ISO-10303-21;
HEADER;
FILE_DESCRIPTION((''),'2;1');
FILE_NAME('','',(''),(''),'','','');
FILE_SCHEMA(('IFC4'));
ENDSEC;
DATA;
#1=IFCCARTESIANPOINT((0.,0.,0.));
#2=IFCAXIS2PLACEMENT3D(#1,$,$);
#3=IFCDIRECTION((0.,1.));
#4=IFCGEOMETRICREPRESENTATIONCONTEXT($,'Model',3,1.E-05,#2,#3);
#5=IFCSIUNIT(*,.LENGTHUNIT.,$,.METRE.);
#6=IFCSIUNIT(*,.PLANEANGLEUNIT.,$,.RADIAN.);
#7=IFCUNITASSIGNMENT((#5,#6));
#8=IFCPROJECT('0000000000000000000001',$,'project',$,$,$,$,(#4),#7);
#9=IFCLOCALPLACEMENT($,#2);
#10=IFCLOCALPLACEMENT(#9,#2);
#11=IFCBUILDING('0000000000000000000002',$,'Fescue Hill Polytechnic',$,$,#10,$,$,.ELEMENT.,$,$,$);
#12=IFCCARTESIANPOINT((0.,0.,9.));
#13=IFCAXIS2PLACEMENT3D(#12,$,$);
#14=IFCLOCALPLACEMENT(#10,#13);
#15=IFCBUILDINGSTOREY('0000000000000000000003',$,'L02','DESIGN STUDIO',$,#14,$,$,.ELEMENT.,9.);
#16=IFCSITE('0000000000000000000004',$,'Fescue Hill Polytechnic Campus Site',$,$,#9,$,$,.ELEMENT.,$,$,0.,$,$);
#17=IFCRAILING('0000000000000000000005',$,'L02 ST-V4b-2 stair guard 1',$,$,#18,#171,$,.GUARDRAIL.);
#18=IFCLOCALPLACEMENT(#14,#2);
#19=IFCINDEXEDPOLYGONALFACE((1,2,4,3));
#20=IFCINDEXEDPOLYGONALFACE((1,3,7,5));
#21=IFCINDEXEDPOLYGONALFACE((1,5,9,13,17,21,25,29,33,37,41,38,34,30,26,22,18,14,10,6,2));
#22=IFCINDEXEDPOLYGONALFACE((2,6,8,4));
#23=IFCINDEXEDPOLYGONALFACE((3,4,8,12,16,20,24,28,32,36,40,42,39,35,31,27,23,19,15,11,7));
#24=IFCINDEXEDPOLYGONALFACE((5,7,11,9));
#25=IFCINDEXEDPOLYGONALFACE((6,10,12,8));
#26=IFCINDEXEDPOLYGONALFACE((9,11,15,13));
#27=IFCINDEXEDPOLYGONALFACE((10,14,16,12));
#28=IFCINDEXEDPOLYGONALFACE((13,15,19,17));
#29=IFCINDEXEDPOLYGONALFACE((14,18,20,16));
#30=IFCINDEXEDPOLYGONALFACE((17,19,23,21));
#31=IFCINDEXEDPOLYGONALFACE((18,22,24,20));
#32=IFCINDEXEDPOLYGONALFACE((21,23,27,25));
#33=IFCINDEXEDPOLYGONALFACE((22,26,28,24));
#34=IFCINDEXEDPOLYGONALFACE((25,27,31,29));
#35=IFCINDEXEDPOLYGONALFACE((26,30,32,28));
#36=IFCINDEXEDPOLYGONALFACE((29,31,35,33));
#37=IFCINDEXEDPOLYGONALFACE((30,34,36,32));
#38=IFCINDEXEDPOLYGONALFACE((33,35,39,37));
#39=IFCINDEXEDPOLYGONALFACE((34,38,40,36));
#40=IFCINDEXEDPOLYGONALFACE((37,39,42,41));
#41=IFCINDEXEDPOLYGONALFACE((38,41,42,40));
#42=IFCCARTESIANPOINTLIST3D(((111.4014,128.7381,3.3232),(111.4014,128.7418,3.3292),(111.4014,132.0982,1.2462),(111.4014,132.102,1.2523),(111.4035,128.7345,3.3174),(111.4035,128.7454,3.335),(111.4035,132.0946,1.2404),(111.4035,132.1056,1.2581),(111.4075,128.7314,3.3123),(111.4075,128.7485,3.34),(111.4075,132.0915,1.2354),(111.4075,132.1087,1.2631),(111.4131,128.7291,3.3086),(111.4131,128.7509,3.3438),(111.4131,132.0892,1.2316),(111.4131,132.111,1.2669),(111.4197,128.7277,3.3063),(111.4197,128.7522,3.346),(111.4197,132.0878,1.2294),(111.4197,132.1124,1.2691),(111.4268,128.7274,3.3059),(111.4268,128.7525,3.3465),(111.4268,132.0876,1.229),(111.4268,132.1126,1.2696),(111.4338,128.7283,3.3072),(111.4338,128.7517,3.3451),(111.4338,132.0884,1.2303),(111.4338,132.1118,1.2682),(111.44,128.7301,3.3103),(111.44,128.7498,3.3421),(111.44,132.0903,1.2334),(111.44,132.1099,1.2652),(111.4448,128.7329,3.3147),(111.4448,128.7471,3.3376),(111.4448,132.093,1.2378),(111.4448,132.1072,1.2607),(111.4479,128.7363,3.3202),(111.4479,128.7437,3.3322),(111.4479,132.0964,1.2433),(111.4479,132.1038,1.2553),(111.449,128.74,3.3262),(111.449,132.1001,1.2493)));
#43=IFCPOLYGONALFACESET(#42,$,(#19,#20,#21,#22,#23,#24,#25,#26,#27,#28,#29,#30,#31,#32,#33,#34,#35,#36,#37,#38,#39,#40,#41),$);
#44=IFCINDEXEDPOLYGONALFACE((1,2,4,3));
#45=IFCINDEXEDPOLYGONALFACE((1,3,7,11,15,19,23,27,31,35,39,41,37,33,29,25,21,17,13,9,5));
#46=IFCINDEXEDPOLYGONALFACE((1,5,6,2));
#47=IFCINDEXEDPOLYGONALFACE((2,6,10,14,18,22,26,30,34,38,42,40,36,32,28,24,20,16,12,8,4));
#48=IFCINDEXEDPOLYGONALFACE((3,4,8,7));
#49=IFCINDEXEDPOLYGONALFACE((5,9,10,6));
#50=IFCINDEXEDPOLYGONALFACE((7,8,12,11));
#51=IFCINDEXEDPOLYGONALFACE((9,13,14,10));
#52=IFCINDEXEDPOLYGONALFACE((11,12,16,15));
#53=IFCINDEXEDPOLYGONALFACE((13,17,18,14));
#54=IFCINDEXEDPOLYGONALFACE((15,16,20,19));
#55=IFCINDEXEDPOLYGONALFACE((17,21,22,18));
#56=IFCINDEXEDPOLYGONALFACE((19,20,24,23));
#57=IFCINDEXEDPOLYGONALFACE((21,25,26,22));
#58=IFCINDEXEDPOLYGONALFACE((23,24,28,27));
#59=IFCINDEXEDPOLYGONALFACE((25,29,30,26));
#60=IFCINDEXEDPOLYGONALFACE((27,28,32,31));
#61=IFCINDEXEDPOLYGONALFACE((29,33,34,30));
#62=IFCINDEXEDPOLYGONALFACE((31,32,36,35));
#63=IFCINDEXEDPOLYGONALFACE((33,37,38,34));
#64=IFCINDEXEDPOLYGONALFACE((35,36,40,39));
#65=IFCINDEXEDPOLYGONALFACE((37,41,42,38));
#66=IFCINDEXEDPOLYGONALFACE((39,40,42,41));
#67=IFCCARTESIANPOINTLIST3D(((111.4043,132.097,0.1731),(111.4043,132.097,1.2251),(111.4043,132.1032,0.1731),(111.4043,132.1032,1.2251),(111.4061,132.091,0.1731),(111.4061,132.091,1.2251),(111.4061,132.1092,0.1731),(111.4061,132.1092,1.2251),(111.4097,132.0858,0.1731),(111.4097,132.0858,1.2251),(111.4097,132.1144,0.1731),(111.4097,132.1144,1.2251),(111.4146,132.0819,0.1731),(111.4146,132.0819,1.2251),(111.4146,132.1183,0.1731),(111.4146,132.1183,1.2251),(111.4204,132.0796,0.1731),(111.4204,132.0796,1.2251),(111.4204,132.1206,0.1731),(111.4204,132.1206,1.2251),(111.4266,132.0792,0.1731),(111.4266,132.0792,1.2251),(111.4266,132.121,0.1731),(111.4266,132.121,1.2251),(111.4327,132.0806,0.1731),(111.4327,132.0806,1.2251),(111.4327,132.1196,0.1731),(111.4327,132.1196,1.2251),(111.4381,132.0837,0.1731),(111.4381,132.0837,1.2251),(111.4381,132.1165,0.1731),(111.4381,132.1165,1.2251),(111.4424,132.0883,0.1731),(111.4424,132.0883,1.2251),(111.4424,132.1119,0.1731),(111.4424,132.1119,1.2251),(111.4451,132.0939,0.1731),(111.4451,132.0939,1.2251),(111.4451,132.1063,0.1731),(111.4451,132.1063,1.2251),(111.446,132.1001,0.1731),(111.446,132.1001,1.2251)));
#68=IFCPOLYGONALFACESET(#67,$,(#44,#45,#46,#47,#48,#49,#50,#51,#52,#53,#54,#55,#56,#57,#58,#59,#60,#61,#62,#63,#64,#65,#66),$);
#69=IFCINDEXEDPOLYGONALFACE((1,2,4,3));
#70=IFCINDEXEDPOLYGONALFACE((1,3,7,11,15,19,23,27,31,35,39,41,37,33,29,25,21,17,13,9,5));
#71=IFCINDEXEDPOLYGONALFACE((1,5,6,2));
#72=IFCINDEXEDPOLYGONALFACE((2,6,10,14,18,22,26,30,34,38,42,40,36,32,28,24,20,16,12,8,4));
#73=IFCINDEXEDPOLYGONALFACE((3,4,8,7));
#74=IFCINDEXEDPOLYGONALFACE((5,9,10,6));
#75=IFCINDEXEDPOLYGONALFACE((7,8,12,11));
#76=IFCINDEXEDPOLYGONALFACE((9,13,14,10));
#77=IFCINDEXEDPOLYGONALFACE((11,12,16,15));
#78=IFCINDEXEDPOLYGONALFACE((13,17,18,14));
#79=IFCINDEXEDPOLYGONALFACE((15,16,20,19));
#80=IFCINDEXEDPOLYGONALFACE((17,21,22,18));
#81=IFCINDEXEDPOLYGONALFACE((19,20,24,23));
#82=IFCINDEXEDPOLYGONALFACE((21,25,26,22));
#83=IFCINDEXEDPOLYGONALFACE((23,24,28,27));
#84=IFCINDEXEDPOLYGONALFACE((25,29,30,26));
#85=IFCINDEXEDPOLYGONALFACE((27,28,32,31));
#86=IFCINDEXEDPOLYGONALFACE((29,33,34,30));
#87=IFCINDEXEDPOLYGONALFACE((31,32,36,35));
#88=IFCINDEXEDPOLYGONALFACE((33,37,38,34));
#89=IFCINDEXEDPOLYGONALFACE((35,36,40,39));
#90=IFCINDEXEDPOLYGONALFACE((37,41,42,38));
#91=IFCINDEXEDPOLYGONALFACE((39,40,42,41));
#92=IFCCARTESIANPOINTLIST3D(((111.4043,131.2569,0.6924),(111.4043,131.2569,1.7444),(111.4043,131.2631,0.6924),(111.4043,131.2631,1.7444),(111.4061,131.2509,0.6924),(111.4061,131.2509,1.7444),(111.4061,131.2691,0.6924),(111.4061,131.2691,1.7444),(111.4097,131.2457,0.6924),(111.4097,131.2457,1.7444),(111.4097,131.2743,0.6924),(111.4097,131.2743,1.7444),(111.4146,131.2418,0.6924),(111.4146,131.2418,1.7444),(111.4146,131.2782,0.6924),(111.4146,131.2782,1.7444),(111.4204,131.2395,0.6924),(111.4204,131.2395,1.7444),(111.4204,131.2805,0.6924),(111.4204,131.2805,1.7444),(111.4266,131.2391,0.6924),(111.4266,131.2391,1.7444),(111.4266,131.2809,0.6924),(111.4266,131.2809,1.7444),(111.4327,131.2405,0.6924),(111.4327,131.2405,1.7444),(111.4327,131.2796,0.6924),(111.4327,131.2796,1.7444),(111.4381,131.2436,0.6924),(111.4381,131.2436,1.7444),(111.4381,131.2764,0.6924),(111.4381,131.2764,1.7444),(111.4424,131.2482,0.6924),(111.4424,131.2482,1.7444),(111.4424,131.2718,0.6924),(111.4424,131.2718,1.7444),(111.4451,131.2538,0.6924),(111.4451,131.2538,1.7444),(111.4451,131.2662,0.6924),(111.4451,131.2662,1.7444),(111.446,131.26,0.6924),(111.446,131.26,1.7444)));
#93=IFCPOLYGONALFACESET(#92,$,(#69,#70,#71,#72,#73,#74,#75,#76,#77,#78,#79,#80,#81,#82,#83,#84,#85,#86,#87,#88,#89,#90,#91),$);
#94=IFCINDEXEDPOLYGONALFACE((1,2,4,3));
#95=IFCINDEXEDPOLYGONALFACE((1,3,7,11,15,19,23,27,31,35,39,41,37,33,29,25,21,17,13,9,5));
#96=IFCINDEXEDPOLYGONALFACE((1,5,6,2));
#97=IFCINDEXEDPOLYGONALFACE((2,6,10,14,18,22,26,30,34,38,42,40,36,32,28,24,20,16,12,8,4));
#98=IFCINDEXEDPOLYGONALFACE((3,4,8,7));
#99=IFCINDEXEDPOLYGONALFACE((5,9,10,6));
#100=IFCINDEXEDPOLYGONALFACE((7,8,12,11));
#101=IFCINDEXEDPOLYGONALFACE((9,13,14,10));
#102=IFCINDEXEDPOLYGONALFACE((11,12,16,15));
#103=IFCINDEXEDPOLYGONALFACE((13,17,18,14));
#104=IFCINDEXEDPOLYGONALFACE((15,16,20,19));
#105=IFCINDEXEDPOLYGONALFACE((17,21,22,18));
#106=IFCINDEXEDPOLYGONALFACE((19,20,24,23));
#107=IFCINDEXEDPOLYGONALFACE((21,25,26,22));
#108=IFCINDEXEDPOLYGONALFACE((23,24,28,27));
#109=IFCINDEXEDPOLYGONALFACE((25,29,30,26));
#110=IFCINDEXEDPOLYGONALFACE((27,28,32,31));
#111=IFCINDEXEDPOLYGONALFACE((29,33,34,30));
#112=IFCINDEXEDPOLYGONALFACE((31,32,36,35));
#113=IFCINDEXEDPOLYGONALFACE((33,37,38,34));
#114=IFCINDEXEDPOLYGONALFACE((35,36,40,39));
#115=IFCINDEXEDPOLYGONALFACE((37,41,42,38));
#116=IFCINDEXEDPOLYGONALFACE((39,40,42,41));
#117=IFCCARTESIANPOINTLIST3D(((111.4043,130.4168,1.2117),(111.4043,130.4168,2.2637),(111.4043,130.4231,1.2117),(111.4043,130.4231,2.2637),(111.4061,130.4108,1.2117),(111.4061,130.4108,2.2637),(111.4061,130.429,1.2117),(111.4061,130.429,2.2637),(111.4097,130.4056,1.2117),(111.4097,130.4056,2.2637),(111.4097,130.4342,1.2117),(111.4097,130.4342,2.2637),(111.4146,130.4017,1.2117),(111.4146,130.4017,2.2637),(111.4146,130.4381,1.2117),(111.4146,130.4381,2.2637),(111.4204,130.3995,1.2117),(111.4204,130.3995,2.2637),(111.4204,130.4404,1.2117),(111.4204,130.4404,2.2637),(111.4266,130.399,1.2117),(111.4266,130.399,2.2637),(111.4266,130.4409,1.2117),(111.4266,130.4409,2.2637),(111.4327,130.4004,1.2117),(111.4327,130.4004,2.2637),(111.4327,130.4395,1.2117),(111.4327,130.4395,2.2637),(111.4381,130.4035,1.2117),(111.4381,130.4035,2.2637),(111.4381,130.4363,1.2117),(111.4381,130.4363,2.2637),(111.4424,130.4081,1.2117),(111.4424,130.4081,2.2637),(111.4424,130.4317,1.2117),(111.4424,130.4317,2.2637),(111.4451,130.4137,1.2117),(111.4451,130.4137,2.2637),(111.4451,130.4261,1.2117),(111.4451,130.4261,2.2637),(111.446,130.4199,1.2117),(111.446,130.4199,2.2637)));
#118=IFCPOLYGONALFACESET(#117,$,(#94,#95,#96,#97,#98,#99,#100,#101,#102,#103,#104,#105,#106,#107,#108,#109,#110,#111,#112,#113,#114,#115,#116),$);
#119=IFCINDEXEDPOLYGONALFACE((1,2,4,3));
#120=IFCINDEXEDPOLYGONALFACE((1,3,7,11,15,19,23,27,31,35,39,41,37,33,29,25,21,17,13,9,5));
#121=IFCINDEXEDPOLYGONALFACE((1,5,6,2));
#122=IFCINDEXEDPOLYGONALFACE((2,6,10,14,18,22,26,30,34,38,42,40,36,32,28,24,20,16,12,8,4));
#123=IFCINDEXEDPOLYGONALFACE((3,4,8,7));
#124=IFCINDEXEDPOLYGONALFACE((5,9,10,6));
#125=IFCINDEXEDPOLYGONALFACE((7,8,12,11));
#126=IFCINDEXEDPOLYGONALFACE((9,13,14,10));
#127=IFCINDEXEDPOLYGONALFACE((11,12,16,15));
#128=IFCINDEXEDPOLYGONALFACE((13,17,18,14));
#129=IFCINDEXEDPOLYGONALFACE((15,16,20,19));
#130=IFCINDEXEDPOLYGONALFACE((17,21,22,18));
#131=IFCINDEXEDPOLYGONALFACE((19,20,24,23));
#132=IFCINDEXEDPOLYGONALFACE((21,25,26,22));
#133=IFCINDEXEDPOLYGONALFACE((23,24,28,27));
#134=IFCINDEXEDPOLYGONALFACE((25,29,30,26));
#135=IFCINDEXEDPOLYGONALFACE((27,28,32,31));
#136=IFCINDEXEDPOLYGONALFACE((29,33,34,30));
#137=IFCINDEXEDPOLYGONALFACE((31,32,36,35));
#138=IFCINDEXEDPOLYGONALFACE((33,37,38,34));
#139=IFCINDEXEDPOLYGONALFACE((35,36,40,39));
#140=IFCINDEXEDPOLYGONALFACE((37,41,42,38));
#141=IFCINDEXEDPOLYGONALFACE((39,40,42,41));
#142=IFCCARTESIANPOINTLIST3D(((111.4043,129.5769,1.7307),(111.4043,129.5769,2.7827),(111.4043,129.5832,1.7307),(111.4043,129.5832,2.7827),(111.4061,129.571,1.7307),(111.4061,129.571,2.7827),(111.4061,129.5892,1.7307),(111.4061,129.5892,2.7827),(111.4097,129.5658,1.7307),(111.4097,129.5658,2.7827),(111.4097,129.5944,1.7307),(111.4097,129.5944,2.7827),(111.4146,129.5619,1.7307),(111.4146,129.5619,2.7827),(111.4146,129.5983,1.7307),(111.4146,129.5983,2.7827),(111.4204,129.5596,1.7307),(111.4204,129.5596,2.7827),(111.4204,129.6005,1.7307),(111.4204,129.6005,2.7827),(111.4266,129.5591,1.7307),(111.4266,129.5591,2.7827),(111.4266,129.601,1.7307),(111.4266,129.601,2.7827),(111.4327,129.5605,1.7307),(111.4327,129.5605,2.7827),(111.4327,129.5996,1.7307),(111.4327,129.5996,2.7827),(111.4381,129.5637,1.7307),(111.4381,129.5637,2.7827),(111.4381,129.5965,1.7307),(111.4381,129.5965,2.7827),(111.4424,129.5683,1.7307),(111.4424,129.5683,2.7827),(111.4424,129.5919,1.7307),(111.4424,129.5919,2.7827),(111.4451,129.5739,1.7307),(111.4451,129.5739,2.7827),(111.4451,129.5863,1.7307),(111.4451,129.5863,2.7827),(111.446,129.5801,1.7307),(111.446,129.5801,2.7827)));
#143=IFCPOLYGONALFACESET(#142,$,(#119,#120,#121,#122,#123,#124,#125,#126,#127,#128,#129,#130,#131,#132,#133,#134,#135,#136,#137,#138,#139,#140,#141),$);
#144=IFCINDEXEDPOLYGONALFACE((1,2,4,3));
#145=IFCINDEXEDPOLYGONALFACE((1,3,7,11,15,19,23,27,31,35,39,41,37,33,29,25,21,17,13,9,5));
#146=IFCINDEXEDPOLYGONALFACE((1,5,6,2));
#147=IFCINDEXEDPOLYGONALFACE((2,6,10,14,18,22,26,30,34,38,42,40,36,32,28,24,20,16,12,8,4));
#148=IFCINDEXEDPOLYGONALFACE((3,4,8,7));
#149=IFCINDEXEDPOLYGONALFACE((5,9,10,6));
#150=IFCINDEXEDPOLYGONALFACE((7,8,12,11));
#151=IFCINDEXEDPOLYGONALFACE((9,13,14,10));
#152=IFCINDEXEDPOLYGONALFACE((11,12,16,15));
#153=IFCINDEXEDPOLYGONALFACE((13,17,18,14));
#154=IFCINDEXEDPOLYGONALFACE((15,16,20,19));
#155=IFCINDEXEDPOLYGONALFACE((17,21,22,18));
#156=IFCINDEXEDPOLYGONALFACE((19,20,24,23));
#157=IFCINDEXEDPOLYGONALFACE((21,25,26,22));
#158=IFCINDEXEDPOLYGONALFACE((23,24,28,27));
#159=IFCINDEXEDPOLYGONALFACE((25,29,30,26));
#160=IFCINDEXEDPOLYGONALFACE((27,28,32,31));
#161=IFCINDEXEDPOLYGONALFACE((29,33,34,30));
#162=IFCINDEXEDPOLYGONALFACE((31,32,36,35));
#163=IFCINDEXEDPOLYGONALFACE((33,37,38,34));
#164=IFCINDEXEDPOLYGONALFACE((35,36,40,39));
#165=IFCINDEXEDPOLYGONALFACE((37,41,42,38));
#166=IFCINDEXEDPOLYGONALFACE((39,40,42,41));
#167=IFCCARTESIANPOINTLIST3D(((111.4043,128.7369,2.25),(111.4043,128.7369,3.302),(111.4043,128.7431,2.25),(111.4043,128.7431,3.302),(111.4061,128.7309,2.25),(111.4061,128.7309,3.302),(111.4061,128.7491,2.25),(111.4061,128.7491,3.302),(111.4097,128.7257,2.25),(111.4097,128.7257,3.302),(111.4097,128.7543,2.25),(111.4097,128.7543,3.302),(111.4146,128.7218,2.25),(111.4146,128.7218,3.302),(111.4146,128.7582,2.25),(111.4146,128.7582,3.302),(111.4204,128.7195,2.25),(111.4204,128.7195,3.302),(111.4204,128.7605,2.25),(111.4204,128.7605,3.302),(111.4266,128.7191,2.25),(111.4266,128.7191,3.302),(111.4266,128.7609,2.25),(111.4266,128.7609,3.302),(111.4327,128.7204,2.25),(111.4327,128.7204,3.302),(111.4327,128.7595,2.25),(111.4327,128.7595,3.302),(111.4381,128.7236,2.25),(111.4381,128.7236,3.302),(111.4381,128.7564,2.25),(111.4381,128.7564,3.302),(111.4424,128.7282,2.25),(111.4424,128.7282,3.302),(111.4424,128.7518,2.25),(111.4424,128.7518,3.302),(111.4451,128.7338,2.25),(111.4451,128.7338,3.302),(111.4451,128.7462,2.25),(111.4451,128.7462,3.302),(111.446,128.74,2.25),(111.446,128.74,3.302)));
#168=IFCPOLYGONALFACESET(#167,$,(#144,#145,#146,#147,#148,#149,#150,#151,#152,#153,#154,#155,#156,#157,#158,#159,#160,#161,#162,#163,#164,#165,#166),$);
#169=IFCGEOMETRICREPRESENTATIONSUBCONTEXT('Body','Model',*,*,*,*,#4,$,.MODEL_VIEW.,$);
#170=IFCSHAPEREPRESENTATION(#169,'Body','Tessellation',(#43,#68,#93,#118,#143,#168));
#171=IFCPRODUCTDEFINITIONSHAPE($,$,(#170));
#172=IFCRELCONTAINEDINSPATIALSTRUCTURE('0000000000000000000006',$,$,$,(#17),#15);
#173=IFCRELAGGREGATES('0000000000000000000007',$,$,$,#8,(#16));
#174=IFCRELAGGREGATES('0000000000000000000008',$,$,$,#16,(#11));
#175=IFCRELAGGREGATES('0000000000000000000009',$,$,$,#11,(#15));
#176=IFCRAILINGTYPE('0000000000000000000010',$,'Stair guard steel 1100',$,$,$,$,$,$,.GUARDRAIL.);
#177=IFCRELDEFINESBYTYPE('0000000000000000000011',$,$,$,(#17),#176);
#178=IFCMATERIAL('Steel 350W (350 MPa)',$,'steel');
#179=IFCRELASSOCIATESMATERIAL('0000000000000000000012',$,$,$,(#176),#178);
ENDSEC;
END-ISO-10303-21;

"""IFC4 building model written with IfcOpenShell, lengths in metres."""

from ifc_helpers import new_model, si_unit, direction, frame, origin, origin_2d, place, context, subcontext, project, spatial, circle, extrude, material, type_object, element, save


model = new_model("IFC4")

# Units and contexts
model_context = context("Model", 3, precision=1e-05, world=origin(), true_north=direction((0.0, 1.0)))
body_context = subcontext(model_context, "Body", "Model", "MODEL_VIEW")
ifc_project = project(units=[si_unit("LENGTHUNIT", "METRE"), si_unit("PLANEANGLEUNIT", "RADIAN")], contexts=[model_context])

# Site, building, storey
site_placement = place(None, origin())
site = spatial("IfcSite", under=ifc_project, at=site_placement, Name="Fescue Hill Polytechnic Campus Site", CompositionType="ELEMENT", RefElevation=0.0)
building_placement = place(site_placement, origin())
building = spatial("IfcBuilding", under=site, at=building_placement, Name="Fescue Hill Polytechnic", CompositionType="ELEMENT")
storey_placement = place(building_placement, frame((0.0, 0.0, 9.0)))
storey = spatial("IfcBuildingStorey", under=building, at=storey_placement, Name="L02", Description="DESIGN STUDIO", CompositionType="ELEMENT", Elevation=9.0)

# Railing
ifc_material_1 = material(Name="Steel 350W (350 MPa)", Category="steel")
railing_type_1 = type_object("IfcRailingType", Name="Stair guard steel 1100", PredefinedType="GUARDRAIL", material=ifc_material_1)
railing_1_placement = place(storey_placement, frame((111.425, 132.1001, 0.1731)))
element("IfcRailing", 1, at=railing_1_placement, inside=storey, type_object=railing_type_1, Name="L02 ST-V4b-2 stair guard 1", PredefinedType="GUARDRAIL", context=body_context, shape_type="SweptSolid", body=[
    extrude(circle(Radius=0.0239, at=origin_2d()), frame((0.0, 0.0, 1.0762), z_axis=(0.0, -0.850623, 0.525776), x_axis=(1.0, 0.0, 0.0)), (0.0, 0.0, 1.0), 3.9502),
    extrude(circle(Radius=0.021, at=origin_2d()), origin(), (0.0, 0.0, 1.0), 1.052),
    extrude(circle(Radius=0.021, at=origin_2d()), frame((0.0, -0.8401, 0.5193)), (0.0, 0.0, 1.0), 1.052),
    extrude(circle(Radius=0.021, at=origin_2d()), frame((0.0, -1.6802, 1.0386)), (0.0, 0.0, 1.0), 1.052),
    extrude(circle(Radius=0.021, at=origin_2d()), frame((0.0, -2.52, 1.5576)), (0.0, 0.0, 1.0), 1.052),
    extrude(circle(Radius=0.021, at=origin_2d()), frame((0.0, -3.3601, 2.0769)), (0.0, 0.0, 1.0), 1.052),
])

save(model, "model.ifc")
